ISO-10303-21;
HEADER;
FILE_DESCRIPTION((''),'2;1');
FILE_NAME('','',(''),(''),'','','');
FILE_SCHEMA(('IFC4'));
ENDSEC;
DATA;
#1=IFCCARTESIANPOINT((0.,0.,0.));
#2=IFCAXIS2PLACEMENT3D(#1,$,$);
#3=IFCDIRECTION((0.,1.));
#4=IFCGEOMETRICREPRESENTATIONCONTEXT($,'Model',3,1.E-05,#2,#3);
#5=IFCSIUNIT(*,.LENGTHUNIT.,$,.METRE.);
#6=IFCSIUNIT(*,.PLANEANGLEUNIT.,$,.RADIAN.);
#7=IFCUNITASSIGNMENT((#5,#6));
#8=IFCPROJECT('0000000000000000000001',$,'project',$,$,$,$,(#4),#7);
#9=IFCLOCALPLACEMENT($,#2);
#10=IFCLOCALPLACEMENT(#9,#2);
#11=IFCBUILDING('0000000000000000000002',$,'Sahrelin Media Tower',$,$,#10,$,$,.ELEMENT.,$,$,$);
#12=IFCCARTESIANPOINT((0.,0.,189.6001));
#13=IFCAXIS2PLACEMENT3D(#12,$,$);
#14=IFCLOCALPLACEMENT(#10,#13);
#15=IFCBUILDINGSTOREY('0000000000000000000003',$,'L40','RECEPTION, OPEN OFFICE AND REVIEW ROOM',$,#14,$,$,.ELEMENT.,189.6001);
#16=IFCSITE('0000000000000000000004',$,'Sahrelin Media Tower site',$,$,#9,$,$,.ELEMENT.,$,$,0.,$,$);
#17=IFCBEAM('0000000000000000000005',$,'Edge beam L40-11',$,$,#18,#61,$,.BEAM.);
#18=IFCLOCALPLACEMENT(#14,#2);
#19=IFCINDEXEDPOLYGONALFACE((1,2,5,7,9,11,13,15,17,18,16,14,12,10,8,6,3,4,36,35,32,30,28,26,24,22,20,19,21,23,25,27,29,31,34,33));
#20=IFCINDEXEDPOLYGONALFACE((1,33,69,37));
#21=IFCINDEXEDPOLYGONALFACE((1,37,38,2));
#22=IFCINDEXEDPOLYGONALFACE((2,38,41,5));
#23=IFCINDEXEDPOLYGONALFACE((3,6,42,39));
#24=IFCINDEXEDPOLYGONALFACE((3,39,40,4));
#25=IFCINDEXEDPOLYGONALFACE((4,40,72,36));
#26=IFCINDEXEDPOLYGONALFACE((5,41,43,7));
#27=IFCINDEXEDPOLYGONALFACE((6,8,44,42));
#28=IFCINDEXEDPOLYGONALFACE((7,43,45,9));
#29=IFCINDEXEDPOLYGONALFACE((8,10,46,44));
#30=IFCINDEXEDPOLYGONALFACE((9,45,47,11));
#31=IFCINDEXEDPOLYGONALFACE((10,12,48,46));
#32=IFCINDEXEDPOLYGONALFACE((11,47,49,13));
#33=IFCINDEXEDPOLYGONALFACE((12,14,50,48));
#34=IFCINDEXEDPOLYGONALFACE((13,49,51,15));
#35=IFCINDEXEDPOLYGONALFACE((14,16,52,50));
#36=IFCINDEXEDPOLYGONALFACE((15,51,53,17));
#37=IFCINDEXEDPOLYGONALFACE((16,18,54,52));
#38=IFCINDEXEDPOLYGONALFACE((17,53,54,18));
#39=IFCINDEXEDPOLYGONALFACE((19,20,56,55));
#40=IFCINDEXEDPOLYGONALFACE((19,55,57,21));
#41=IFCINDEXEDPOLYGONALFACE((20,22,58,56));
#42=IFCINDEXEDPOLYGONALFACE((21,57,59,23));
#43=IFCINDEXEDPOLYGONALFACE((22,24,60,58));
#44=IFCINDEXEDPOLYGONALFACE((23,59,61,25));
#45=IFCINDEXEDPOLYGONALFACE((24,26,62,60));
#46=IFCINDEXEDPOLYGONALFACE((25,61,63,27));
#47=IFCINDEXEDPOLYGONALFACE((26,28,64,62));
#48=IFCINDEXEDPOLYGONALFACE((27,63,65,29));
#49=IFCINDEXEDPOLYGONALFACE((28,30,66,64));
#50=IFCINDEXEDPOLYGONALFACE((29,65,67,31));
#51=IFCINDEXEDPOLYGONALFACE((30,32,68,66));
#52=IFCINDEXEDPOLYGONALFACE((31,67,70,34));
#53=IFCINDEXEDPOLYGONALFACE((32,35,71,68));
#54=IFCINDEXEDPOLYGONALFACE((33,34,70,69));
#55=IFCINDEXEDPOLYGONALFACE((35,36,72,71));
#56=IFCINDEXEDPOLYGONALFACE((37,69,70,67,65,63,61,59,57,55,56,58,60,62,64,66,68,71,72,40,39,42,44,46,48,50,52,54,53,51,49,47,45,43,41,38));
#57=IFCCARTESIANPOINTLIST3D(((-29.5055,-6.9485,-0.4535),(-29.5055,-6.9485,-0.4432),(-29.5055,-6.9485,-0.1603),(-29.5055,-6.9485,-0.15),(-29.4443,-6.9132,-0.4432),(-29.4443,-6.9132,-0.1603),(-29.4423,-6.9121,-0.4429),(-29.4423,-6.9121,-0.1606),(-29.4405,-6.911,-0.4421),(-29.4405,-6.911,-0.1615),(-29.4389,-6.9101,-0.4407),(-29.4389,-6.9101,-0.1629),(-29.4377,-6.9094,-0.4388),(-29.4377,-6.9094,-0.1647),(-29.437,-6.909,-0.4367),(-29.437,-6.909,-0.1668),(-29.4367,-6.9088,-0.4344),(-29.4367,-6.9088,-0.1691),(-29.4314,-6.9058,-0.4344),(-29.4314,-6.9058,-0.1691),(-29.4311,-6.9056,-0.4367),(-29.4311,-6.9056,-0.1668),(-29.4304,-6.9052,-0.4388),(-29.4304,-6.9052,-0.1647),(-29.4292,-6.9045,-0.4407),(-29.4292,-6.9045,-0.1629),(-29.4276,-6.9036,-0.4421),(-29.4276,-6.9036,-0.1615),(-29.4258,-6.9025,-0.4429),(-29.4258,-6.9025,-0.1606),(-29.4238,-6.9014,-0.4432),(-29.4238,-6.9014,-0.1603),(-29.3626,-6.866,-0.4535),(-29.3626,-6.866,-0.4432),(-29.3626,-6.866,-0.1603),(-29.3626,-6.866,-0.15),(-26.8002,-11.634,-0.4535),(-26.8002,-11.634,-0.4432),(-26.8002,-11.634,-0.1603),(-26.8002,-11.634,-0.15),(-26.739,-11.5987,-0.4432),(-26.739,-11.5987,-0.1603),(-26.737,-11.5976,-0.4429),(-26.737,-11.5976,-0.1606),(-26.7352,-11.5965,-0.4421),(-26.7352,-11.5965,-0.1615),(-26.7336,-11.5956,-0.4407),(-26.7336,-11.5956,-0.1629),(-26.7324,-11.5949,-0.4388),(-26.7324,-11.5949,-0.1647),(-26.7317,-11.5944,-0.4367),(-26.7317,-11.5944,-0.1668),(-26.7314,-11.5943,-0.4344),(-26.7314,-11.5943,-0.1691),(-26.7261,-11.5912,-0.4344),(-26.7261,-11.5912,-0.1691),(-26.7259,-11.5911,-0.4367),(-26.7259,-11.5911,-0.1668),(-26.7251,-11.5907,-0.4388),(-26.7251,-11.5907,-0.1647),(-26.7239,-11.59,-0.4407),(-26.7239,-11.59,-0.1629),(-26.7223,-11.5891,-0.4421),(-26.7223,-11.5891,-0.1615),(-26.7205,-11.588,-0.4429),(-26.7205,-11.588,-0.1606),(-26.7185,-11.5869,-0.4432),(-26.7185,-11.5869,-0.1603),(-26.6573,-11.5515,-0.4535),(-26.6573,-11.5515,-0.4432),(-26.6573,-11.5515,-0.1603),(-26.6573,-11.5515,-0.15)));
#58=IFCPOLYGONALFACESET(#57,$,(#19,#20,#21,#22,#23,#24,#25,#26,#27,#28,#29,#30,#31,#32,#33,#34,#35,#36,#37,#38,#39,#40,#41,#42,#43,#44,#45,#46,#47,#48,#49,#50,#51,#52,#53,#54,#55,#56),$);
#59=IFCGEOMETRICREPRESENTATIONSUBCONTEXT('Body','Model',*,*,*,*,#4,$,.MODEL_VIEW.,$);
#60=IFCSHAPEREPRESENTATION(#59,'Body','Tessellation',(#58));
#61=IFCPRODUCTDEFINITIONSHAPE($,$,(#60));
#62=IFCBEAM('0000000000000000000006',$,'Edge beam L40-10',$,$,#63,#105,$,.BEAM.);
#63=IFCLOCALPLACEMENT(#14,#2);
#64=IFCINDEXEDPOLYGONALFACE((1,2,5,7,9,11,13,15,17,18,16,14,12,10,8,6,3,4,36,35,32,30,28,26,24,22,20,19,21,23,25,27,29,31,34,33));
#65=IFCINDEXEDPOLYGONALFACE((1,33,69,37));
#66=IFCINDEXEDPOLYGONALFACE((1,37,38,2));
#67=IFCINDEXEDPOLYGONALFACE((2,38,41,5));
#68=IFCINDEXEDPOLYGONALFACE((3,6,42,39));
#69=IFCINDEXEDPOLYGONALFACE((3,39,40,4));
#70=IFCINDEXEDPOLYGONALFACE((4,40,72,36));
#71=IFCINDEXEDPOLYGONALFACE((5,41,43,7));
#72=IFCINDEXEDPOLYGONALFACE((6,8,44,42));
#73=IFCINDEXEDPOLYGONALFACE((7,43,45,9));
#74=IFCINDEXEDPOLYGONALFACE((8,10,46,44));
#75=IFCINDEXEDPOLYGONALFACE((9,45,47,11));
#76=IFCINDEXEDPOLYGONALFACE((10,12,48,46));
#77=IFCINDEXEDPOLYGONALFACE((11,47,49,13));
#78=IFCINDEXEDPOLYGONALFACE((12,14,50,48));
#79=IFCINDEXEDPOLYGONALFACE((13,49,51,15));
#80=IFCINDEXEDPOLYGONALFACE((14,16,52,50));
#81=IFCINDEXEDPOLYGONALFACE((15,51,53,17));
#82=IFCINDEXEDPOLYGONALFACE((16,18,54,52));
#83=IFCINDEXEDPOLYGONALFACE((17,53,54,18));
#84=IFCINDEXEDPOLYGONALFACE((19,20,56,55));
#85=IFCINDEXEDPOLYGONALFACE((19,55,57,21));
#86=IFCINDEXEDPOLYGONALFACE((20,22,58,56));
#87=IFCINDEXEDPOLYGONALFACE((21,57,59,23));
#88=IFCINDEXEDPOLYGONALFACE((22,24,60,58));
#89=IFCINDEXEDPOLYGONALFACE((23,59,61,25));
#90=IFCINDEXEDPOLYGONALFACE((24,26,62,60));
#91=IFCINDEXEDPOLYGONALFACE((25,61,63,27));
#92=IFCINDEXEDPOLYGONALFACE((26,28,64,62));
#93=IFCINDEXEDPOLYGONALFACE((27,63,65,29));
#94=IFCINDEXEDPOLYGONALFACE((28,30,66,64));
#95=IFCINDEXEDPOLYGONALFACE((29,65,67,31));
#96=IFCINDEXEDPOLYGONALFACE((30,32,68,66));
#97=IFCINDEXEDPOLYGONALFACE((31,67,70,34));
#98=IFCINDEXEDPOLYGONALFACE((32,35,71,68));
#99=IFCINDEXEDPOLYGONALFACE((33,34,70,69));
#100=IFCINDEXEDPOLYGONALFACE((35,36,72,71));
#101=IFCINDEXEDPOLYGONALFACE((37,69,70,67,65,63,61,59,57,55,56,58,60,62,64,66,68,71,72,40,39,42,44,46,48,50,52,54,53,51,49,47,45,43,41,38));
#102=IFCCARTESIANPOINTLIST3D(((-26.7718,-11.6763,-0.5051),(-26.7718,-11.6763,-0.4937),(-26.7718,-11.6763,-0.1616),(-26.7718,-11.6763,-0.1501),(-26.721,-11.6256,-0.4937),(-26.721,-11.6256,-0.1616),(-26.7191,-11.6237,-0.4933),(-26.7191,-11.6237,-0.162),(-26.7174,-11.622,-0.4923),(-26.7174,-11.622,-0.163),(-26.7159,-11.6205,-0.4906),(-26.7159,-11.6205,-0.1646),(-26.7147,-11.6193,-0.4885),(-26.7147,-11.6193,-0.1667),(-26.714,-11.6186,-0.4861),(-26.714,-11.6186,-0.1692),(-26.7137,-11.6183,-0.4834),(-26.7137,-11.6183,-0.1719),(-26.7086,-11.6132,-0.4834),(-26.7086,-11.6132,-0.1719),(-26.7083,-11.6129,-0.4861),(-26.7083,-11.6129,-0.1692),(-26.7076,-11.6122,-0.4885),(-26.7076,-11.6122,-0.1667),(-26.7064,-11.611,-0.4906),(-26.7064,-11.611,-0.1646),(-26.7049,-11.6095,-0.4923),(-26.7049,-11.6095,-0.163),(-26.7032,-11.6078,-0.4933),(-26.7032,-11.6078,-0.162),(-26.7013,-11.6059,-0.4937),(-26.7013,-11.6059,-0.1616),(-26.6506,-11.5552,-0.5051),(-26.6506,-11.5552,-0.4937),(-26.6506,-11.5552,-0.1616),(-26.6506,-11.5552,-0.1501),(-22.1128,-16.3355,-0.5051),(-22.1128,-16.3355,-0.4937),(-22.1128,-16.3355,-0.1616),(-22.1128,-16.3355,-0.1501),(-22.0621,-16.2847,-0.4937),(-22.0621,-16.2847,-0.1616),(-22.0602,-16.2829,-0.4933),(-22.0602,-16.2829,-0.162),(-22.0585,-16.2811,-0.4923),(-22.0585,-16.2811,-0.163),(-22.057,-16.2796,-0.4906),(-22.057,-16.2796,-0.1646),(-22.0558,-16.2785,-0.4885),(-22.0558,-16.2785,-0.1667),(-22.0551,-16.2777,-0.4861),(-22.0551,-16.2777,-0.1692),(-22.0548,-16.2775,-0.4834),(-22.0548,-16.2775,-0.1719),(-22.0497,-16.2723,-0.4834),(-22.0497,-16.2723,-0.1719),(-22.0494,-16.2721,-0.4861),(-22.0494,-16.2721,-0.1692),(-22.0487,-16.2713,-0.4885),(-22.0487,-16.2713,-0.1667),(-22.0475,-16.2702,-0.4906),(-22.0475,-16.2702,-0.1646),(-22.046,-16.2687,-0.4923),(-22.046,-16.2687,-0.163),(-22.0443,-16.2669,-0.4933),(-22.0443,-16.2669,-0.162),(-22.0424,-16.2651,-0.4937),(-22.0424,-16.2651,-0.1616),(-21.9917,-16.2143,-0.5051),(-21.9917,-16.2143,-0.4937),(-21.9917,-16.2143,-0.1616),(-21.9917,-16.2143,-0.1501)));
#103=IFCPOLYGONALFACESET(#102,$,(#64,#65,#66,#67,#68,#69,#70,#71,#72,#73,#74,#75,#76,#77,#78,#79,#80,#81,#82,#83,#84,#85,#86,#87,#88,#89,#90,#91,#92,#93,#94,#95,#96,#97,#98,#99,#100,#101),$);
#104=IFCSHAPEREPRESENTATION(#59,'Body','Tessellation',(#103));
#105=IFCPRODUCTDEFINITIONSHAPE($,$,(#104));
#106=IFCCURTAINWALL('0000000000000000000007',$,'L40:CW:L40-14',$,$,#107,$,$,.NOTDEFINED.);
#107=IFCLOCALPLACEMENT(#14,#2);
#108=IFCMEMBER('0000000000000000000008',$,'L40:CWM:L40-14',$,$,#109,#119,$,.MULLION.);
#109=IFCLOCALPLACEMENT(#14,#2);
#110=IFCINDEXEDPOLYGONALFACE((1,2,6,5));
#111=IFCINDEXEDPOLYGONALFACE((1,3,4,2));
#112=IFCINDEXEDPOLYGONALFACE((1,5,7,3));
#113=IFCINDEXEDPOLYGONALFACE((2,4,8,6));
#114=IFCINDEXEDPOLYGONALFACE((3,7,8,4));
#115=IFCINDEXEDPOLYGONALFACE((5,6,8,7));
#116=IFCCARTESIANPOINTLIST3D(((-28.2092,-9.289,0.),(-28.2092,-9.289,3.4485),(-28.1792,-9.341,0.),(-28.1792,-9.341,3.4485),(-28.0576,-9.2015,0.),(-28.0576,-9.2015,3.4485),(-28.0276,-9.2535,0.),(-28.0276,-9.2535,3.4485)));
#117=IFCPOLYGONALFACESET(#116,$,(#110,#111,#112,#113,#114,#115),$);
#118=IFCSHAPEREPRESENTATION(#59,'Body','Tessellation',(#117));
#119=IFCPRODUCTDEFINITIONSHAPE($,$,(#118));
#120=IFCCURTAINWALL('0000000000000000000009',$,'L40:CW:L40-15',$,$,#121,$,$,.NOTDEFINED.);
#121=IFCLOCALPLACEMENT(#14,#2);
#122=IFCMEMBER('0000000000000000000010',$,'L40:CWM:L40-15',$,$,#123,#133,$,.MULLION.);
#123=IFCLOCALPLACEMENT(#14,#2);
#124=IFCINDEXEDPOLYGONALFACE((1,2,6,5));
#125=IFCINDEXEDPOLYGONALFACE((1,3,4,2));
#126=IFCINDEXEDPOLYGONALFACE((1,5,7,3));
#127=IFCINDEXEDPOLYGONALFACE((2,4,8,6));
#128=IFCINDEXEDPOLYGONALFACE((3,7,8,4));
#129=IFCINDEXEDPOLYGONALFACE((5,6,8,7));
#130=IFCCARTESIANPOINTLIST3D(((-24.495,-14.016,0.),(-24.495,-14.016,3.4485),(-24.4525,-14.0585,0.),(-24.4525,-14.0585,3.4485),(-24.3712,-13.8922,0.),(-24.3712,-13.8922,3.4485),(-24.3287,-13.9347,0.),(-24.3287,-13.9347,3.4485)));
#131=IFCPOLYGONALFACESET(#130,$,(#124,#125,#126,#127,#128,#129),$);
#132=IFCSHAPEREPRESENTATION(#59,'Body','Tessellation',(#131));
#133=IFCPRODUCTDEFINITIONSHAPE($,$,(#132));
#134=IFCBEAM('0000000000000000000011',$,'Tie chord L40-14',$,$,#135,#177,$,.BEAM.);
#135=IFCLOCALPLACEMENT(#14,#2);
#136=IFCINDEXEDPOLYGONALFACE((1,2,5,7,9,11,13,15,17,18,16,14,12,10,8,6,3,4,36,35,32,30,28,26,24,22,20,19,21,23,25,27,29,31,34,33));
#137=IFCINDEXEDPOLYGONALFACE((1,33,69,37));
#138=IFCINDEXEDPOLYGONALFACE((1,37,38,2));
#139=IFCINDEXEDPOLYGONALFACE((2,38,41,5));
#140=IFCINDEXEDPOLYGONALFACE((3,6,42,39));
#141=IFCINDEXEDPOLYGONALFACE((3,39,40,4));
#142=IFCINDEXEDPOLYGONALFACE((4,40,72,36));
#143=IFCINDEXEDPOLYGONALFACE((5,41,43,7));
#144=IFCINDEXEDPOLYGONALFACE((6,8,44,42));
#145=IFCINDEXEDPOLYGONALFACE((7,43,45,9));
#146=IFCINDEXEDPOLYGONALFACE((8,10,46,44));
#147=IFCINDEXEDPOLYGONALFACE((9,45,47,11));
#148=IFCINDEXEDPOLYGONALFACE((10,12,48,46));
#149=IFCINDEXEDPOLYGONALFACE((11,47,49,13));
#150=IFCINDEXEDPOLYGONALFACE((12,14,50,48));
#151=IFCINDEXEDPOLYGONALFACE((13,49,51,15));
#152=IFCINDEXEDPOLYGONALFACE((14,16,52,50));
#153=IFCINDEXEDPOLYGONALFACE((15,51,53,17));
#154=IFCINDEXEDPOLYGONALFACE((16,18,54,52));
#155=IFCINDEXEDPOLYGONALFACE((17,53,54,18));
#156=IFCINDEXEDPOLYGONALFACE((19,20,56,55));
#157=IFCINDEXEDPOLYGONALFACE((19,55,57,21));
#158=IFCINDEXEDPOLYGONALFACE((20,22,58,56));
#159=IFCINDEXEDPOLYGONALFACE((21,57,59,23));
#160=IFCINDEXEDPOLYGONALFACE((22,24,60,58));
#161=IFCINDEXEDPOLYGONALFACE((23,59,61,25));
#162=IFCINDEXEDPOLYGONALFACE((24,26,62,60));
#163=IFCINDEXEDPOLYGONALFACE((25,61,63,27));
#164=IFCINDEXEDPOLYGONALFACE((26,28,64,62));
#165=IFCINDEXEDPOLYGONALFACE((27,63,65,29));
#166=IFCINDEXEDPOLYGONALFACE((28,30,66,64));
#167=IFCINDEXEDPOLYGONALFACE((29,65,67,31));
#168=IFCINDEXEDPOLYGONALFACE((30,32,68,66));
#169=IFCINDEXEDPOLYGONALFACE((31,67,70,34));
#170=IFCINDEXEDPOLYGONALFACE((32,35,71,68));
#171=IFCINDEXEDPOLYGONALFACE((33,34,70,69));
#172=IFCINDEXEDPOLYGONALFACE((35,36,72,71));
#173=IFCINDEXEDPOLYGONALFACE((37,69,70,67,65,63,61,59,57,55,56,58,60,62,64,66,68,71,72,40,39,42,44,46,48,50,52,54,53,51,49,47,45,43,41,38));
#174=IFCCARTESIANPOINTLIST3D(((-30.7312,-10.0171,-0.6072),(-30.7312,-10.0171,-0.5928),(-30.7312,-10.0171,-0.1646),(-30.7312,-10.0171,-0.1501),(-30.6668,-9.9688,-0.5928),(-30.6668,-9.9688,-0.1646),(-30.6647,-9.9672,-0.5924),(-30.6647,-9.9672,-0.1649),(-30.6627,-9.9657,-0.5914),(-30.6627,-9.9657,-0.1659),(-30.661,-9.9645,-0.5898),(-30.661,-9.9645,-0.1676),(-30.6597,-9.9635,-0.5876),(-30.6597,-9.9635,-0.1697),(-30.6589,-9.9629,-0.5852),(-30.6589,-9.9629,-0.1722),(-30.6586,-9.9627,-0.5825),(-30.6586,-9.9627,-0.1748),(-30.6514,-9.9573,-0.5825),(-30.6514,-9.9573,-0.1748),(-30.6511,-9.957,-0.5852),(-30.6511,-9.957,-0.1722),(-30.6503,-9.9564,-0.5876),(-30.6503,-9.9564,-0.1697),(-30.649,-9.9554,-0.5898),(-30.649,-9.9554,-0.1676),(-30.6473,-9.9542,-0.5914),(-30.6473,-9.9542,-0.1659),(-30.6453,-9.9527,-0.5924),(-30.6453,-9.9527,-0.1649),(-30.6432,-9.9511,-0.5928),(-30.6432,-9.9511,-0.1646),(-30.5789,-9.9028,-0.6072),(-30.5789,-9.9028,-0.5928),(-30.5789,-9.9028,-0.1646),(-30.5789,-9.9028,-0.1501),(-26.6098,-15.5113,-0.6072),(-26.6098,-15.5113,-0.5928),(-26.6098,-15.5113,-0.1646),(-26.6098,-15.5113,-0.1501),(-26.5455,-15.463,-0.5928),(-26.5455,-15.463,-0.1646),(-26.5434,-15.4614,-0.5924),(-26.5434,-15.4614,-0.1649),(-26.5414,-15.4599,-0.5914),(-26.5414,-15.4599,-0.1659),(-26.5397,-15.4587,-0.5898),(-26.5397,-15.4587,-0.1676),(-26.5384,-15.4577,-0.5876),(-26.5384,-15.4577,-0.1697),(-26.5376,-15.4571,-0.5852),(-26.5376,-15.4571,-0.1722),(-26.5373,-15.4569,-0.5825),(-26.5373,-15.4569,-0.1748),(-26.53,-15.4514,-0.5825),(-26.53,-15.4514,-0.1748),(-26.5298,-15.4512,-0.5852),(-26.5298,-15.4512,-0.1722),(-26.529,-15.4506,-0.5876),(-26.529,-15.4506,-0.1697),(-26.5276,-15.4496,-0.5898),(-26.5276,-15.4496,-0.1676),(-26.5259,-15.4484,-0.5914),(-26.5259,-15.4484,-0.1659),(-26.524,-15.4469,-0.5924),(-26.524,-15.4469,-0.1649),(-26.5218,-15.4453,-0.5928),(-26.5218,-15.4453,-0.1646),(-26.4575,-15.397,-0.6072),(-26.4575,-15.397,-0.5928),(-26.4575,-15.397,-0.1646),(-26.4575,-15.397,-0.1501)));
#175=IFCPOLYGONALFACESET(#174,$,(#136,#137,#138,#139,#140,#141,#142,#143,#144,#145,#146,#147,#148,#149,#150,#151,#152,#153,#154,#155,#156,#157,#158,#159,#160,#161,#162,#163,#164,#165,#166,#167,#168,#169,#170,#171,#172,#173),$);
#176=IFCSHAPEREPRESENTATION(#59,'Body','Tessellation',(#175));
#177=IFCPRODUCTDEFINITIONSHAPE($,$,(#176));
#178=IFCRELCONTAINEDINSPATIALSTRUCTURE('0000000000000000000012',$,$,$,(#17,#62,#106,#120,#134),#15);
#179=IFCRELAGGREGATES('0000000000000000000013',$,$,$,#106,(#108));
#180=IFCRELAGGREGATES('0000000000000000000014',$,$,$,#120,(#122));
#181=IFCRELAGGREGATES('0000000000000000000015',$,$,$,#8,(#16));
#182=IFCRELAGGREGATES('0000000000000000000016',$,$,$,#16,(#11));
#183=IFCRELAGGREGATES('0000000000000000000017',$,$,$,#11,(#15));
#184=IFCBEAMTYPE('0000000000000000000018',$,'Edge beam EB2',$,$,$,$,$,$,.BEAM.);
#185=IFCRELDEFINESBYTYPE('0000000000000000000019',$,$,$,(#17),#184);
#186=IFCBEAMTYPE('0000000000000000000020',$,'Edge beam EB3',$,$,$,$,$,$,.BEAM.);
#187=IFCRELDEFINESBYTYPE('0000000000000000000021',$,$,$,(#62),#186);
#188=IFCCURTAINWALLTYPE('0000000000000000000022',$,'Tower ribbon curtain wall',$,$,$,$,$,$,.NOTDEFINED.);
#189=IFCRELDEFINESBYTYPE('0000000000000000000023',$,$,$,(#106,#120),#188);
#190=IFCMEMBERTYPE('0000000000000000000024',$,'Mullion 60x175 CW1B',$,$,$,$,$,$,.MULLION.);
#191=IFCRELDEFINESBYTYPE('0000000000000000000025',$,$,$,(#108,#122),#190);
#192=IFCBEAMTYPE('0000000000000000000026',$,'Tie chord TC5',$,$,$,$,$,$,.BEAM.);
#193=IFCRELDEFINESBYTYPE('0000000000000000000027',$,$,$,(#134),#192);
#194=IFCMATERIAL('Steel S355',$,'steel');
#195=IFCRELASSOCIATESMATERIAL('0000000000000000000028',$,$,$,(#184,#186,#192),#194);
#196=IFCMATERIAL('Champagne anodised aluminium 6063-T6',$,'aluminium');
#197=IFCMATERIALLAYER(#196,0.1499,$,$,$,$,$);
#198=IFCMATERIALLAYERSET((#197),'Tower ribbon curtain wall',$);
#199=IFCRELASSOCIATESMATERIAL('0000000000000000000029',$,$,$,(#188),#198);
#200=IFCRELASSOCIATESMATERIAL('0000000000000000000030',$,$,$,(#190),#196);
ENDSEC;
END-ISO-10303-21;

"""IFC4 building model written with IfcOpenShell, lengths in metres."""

from ifc_helpers import new_model, si_unit, direction, frame, origin, origin_2d, place, context, subcontext, project, spatial, rectangle, i_section, extrude, material, layer, layer_set, material_profile, profile_set, type_object, element, aggregate, save


model = new_model("IFC4")

# Units and contexts
model_context = context("Model", 3, precision=1e-05, world=origin(), true_north=direction((0.0, 1.0)))
body_context = subcontext(model_context, "Body", "Model", "MODEL_VIEW")
ifc_project = project(units=[si_unit("LENGTHUNIT", "METRE"), si_unit("PLANEANGLEUNIT", "RADIAN")], contexts=[model_context])

# Site, building, storey
site_placement = place(None, origin())
site = spatial("IfcSite", under=ifc_project, at=site_placement, Name="Sahrelin Media Tower site", CompositionType="ELEMENT", RefElevation=0.0)
building_placement = place(site_placement, origin())
building = spatial("IfcBuilding", under=site, at=building_placement, Name="Sahrelin Media Tower", CompositionType="ELEMENT")
storey_placement = place(building_placement, frame((0.0, 0.0, 189.6001)))
storey = spatial("IfcBuildingStorey", under=building, at=storey_placement, Name="L40", Description="RECEPTION, OPEN OFFICE AND REVIEW ROOM", CompositionType="ELEMENT", Elevation=189.6001)

# Beams
ifc_material_1 = material(Name="Steel S355", Category="steel")
ifc_material_profile_1 = material_profile(ifc_material_1, i_section(OverallWidth=0.165, OverallDepth=0.3035, WebThickness=0.0061, FlangeThickness=0.0103, FilletRadius=0.0088, at=origin_2d()), Name="UB 305x165x40")
ifc_profile_set_1 = profile_set([ifc_material_profile_1], Name="Steel S355")
beam_type_1 = type_object("IfcBeamType", Name="Edge beam EB2", PredefinedType="BEAM", material=ifc_profile_set_1)
beam_1_placement = place(storey_placement, frame((-26.7288, -11.5928, -0.3018), z_axis=(-0.500017, 0.866016, 0.0), x_axis=(-0.866016, -0.500017, 0.0)))
element("IfcBeam", 1, at=beam_1_placement, inside=storey, type_object=beam_type_1, Name="Edge beam L40-11", PredefinedType="BEAM", context=body_context, shape_type="SweptSolid", body=[
    extrude(i_section(OverallWidth=0.165, OverallDepth=0.3035, WebThickness=0.0061, FlangeThickness=0.0103, FilletRadius=0.0088, at=origin_2d()), origin(), (0.0, 0.0, 1.0), 5.4104),
])
ifc_material_profile_2 = material_profile(ifc_material_1, i_section(OverallWidth=0.1714, OverallDepth=0.355, WebThickness=0.0073, FlangeThickness=0.0115, FilletRadius=0.0103, at=origin_2d()), Name="UB 356x171x51")
ifc_profile_set_2 = profile_set([ifc_material_profile_2], Name="Steel S355")
beam_type_2 = type_object("IfcBeamType", Name="Edge beam EB3", PredefinedType="BEAM", material=ifc_profile_set_2)
beam_2_placement = place(storey_placement, frame((-22.0522, -16.2749, -0.3276), z_axis=(-0.707088, 0.707125, 0.0), x_axis=(-0.707125, -0.707088, 0.0)))
element("IfcBeam", 2, at=beam_2_placement, inside=storey, type_object=beam_type_2, Name="Edge beam L40-10", PredefinedType="BEAM", context=body_context, shape_type="SweptSolid", body=[
    extrude(i_section(OverallWidth=0.1714, OverallDepth=0.355, WebThickness=0.0073, FlangeThickness=0.0115, FilletRadius=0.0103, at=origin_2d()), origin(), (0.0, 0.0, 1.0), 6.5889),
])

# Curtain walls, members
ifc_material_2 = material(Name="Champagne anodised aluminium 6063-T6", Category="aluminium")
ifc_layer_1 = layer(ifc_material_2, 0.1499)
ifc_layer_set_1 = layer_set([ifc_layer_1], Name="Tower ribbon curtain wall")
curtain_wall_type = type_object("IfcCurtainWallType", Name="Tower ribbon curtain wall", PredefinedType="NOTDEFINED", material=ifc_layer_set_1)
curtain_wall_1_placement = place(storey_placement, frame((-28.2112, -9.325, 0.0), z_axis=(0.0, 0.0, 1.0), x_axis=(1.0, 0.0, 0.0)))
curtain_wall_1 = element("IfcCurtainWall", 3, at=curtain_wall_1_placement, inside=storey, type_object=curtain_wall_type, Name="L40:CW:L40-14", PredefinedType="NOTDEFINED")
ifc_material_profile_3 = material_profile(ifc_material_2, rectangle(XDim=0.0601, YDim=0.175, at=origin_2d()), Name="Mullion 60x175")
ifc_profile_set_3 = profile_set([ifc_material_profile_3], Name="Champagne anodised aluminium 6063-T6")
member_type_1 = type_object("IfcMemberType", Name="Mullion 60x175 CW1B", PredefinedType="MULLION", material=ifc_profile_set_3)
member_1_placement = place(storey_placement, frame((-28.1184, -9.2712, 0.0), z_axis=(0.0, 0.0, 1.0), x_axis=(0.499997, -0.866027, 0.0)))
member_1 = element("IfcMember", 4, at=member_1_placement, type_object=member_type_1, Name="L40:CWM:L40-14", PredefinedType="MULLION", context=body_context, shape_type="SweptSolid", body=[
    extrude(rectangle(XDim=0.0601, YDim=0.175, at=origin_2d()), origin(), (0.0, 0.0, 1.0), 3.4485),
])
aggregate(curtain_wall_1, [member_1])
curtain_wall_2_placement = place(storey_placement, frame((-24.4878, -14.0513, 0.0), z_axis=(0.0, 0.0, 1.0), x_axis=(1.0, 0.0, 0.0)))
curtain_wall_2 = element("IfcCurtainWall", 5, at=curtain_wall_2_placement, inside=storey, type_object=curtain_wall_type, Name="L40:CW:L40-15", PredefinedType="NOTDEFINED")
member_2_placement = place(storey_placement, frame((-24.4119, -13.9753, 0.0), z_axis=(0.0, 0.0, 1.0), x_axis=(0.707107, -0.707107, 0.0)))
member_2 = element("IfcMember", 6, at=member_2_placement, type_object=member_type_1, Name="L40:CWM:L40-15", PredefinedType="MULLION", context=body_context, shape_type="SweptSolid", body=[
    extrude(rectangle(XDim=0.0601, YDim=0.175, at=origin_2d()), origin(), (0.0, 0.0, 1.0), 3.4485),
])

# Beam
ifc_material_profile_4 = material_profile(ifc_material_1, i_section(OverallWidth=0.1904, OverallDepth=0.457, WebThickness=0.009, FlangeThickness=0.0144, FilletRadius=0.0103, at=origin_2d()), Name="UB 457x191x74")
ifc_profile_set_4 = profile_set([ifc_material_profile_4], Name="Steel S355")
beam_type_3 = type_object("IfcBeamType", Name="Tie chord TC5", PredefinedType="BEAM", material=ifc_profile_set_4)
beam_3_placement = place(storey_placement, frame((-30.655, -9.96, -0.3787), z_axis=(0.600068, -0.799949, 0.0), x_axis=(0.799949, 0.600068, 0.0)))
element("IfcBeam", 7, at=beam_3_placement, inside=storey, type_object=beam_type_3, Name="Tie chord L40-14", PredefinedType="BEAM", context=body_context, shape_type="SweptSolid", body=[
    extrude(i_section(OverallWidth=0.1904, OverallDepth=0.457, WebThickness=0.009, FlangeThickness=0.0144, FilletRadius=0.0103, at=origin_2d()), origin(), (0.0, 0.0, 1.0), 6.8682),
])

aggregate(curtain_wall_2, [member_2])

save(model, "model.ifc")
